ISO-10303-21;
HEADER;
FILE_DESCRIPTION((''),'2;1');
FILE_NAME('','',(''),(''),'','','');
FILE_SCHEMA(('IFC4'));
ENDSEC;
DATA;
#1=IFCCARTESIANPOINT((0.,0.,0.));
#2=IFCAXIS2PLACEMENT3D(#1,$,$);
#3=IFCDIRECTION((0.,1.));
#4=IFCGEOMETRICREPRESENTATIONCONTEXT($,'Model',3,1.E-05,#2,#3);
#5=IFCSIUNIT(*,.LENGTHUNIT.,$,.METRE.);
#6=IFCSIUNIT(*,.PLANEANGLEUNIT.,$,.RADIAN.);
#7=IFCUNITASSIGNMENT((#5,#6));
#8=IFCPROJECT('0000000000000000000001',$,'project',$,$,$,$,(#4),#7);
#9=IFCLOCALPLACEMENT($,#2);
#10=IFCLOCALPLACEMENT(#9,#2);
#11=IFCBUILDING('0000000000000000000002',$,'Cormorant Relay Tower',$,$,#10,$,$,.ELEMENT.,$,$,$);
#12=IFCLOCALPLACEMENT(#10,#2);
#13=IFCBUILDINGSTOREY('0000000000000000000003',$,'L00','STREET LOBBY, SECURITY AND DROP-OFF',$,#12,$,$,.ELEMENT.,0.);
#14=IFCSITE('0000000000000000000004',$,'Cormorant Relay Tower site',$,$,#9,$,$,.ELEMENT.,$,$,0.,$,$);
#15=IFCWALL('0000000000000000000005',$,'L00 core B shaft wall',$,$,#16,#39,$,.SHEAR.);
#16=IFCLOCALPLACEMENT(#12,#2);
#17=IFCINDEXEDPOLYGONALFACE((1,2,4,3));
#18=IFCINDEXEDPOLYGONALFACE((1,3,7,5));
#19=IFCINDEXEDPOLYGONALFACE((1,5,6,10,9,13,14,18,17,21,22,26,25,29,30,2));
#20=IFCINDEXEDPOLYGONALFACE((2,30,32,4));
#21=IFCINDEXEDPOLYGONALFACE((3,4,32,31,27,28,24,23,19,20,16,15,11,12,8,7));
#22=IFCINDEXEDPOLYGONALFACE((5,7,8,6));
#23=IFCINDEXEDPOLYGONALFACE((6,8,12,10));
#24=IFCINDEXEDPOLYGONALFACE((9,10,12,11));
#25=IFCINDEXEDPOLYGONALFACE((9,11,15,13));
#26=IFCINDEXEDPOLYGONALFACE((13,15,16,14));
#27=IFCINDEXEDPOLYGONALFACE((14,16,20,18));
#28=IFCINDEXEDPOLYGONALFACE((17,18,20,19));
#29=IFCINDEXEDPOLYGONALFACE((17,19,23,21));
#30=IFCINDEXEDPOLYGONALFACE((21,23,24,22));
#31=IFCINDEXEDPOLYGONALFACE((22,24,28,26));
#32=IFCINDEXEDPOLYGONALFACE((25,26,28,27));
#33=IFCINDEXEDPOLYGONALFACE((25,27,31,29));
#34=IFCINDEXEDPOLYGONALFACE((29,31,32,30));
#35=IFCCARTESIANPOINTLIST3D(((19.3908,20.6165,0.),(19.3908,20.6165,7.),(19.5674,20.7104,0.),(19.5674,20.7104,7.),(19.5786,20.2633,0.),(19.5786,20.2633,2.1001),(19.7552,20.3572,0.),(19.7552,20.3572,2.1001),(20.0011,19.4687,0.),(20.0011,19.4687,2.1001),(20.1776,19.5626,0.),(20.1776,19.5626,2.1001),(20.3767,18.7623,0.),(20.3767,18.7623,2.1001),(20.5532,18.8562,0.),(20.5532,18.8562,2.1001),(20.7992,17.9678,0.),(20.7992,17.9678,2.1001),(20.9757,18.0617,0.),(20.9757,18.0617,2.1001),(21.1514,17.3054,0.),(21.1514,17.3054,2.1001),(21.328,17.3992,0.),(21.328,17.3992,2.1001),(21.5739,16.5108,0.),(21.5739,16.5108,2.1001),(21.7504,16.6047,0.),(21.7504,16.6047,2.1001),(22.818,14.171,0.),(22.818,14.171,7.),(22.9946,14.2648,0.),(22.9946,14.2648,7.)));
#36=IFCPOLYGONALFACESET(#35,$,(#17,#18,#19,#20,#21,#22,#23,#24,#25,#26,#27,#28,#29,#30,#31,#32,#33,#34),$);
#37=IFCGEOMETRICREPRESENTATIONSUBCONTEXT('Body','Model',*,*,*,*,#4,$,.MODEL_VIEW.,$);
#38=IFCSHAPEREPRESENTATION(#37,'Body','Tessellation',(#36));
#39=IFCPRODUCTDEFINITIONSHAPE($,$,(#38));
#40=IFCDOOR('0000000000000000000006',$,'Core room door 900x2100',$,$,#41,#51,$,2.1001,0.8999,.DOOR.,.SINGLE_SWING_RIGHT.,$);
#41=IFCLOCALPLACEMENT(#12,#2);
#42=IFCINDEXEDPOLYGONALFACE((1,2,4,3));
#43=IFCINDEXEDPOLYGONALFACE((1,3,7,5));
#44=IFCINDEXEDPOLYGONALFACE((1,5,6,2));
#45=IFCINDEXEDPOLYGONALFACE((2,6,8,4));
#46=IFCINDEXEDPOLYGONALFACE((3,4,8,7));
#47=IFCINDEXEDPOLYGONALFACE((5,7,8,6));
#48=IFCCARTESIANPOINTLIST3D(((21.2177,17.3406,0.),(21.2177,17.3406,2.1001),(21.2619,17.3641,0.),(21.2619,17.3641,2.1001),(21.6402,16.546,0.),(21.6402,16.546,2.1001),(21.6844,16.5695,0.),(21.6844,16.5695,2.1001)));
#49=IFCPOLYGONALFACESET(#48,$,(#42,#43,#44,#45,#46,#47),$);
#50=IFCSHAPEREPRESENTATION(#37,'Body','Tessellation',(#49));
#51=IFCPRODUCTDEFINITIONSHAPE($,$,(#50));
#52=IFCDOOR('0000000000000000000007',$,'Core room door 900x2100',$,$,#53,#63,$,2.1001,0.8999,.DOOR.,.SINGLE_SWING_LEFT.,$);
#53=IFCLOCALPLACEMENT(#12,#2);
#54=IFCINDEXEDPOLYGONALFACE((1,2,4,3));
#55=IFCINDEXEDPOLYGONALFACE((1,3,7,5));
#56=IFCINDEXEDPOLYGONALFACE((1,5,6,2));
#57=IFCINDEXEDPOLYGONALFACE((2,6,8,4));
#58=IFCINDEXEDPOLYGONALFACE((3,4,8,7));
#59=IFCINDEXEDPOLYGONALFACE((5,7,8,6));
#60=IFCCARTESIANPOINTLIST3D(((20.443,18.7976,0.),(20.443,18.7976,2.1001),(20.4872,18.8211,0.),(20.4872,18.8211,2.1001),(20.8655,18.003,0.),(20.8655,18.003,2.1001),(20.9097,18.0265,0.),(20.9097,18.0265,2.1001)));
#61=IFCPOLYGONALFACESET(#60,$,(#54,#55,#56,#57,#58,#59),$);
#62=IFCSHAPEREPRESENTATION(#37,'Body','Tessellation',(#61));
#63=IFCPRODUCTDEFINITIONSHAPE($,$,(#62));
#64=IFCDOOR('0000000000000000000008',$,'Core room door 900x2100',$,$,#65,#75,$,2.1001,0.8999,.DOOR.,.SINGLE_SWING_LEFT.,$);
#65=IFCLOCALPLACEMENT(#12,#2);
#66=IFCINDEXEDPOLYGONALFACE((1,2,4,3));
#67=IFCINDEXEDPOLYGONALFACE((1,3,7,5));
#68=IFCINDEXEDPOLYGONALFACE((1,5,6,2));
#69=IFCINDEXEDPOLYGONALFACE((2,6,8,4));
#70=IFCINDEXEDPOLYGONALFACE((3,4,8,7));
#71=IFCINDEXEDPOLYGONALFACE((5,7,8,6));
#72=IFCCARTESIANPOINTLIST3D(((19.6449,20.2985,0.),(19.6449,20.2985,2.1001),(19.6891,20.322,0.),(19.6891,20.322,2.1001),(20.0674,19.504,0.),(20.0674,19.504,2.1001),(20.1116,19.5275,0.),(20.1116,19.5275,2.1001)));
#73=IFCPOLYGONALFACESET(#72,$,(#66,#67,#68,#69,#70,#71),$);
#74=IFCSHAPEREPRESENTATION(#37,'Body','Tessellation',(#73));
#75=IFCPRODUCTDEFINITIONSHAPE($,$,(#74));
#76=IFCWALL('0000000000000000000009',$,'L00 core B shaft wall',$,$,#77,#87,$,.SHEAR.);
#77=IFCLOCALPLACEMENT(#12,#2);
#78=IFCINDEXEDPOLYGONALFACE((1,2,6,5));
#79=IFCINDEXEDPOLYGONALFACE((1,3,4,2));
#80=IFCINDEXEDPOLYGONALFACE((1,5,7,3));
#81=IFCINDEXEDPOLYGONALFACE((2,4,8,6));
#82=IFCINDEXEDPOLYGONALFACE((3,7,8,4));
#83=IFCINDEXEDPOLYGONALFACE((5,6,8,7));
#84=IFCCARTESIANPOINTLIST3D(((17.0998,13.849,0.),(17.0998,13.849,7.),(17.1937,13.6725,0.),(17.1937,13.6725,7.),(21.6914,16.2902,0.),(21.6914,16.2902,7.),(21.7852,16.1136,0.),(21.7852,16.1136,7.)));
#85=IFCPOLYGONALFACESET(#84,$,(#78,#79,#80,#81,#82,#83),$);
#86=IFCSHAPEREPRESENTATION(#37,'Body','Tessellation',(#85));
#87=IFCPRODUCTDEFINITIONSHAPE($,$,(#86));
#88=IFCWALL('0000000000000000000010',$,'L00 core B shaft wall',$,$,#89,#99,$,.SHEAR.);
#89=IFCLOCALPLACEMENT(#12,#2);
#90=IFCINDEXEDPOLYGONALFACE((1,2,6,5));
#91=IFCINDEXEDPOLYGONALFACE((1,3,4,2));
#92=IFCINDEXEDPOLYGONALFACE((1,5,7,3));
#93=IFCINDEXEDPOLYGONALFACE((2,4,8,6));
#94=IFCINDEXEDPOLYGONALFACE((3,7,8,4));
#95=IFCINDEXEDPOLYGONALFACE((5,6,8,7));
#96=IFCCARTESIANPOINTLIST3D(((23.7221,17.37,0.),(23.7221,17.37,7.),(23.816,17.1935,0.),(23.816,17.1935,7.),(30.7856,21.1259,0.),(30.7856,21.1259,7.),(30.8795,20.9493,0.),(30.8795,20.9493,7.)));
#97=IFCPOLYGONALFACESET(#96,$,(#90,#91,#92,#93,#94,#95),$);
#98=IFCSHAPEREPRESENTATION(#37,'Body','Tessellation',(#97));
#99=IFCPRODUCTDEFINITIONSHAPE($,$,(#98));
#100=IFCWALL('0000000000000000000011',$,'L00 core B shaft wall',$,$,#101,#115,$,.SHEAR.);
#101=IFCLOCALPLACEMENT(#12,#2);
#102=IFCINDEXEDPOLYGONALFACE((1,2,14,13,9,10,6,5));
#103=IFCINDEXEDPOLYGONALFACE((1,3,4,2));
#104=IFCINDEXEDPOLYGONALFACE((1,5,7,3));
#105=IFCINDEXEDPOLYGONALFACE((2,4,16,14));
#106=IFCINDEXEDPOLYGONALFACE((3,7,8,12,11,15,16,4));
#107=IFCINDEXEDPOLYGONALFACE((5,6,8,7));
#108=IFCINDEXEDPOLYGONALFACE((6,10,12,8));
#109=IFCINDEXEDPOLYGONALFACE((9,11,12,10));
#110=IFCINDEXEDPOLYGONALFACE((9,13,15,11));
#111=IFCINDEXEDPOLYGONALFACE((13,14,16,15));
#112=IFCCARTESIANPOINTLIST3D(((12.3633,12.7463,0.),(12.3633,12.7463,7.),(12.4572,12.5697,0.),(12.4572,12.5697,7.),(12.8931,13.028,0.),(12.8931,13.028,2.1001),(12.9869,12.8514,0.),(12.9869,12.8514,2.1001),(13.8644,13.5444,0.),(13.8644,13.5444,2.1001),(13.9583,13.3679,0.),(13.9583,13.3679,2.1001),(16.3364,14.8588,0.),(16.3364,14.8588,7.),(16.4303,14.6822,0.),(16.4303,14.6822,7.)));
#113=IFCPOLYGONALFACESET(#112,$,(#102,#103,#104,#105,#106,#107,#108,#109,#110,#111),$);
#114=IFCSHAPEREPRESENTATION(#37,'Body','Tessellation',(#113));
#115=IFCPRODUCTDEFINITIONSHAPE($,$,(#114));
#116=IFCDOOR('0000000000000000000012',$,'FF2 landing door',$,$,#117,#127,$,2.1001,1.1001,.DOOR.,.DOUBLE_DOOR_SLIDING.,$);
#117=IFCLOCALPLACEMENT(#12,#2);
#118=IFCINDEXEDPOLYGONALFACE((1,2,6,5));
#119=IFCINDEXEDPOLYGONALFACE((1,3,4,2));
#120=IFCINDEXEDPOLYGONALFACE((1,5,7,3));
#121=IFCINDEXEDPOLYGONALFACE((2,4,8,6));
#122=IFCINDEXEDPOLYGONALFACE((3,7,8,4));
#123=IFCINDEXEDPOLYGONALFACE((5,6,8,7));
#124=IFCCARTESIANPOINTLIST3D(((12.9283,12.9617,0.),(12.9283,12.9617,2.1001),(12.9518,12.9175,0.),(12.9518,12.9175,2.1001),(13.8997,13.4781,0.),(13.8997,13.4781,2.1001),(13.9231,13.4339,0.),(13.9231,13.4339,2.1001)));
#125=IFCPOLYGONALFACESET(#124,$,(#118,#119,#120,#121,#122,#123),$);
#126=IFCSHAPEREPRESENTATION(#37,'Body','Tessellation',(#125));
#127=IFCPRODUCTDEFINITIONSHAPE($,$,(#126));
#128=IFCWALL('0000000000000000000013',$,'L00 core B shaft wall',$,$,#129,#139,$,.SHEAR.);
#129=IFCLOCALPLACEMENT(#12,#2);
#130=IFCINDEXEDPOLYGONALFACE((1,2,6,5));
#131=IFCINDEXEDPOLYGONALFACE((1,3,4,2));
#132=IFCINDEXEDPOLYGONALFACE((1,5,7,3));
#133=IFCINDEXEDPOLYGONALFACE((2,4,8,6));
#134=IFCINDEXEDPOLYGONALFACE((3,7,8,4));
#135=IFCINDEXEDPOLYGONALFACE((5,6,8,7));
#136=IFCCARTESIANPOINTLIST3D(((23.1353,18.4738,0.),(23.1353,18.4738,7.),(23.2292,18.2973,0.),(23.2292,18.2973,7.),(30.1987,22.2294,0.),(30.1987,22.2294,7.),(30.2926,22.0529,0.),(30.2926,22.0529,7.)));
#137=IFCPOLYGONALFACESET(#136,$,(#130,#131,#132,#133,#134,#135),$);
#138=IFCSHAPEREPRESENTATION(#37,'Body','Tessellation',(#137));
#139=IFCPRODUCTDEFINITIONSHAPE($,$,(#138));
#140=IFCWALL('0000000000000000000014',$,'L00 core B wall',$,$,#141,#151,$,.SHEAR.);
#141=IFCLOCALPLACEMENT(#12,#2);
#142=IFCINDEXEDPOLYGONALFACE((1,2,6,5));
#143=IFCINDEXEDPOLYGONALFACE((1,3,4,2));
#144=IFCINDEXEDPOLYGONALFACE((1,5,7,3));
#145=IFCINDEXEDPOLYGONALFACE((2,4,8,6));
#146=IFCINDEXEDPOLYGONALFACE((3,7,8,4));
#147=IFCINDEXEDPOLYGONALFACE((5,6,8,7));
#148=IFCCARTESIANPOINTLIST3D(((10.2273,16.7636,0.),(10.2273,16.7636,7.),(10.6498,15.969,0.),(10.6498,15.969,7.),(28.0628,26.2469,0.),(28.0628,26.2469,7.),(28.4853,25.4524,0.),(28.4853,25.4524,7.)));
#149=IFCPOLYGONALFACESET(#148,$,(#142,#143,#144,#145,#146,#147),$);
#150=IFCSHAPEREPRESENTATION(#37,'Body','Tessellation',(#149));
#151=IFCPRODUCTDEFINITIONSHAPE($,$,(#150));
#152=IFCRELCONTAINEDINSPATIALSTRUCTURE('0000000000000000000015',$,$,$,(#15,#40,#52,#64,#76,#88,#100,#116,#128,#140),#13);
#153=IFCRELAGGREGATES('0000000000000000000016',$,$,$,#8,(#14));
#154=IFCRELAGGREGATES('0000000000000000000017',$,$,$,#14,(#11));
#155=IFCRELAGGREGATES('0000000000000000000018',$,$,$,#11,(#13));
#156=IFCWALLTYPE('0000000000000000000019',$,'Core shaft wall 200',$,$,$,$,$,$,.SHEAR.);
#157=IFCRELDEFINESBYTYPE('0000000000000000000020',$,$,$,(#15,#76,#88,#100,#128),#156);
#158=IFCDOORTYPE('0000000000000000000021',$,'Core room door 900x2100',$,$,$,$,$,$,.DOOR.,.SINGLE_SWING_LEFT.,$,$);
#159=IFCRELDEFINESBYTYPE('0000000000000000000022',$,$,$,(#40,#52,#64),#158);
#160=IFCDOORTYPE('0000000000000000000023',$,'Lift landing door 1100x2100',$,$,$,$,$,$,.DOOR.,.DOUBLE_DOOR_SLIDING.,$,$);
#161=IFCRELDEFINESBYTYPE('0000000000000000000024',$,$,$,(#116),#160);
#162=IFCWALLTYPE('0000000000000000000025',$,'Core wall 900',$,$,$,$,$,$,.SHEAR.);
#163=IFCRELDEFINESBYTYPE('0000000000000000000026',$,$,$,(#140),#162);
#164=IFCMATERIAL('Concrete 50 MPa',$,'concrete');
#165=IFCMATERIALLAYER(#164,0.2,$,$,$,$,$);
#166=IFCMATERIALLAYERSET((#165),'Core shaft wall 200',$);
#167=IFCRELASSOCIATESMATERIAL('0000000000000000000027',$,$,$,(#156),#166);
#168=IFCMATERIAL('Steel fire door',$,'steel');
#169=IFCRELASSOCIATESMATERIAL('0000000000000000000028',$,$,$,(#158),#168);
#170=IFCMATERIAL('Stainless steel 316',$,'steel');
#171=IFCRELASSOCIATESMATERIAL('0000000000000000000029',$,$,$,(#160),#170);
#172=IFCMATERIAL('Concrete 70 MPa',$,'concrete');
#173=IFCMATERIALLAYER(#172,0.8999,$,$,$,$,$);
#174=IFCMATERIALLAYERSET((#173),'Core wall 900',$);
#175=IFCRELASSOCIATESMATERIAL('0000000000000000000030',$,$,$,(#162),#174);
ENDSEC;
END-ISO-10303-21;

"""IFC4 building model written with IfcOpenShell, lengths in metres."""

from ifc_helpers import new_model, si_unit, direction, frame, frame_2d, origin, place, context, subcontext, project, spatial, rectangle, extrude, material, layer, layer_set, type_object, element, fill, save


model = new_model("IFC4")

# Units and contexts
model_context = context("Model", 3, precision=1e-05, world=origin(), true_north=direction((0.0, 1.0)))
body_context = subcontext(model_context, "Body", "Model", "MODEL_VIEW")
ifc_project = project(units=[si_unit("LENGTHUNIT", "METRE"), si_unit("PLANEANGLEUNIT", "RADIAN")], contexts=[model_context])

# Site, building, storey
site_placement = place(None, origin())
site = spatial("IfcSite", under=ifc_project, at=site_placement, Name="Cormorant Relay Tower site", CompositionType="ELEMENT", RefElevation=0.0)
building_placement = place(site_placement, origin())
building = spatial("IfcBuilding", under=site, at=building_placement, Name="Cormorant Relay Tower", CompositionType="ELEMENT")
storey_placement = place(building_placement, origin())
storey = spatial("IfcBuildingStorey", under=building, at=storey_placement, Name="L00", Description="STREET LOBBY, SECURITY AND DROP-OFF", CompositionType="ELEMENT", Elevation=0.0)

# Shared definitions
ifc_material_1 = material(Name="Concrete 50 MPa", Category="concrete")
ifc_layer_1 = layer(ifc_material_1, 0.2)
ifc_layer_set_1 = layer_set([ifc_layer_1], Name="Core shaft wall 200")
wall_type_1 = type_object("IfcWallType", Name="Core shaft wall 200", PredefinedType="SHEAR", material=ifc_layer_set_1)

# Wall, openings, doors
wall_1_placement = place(storey_placement, frame((22.9062, 14.218, 0.0), z_axis=(0.0, 0.0, 1.0), x_axis=(-0.46948, 0.882943, 0.0)))
wall_1 = element("IfcWall", 1, at=wall_1_placement, inside=storey, type_object=wall_type_1, Name="L00 core B shaft wall", PredefinedType="SHEAR", context=body_context, shape_type="SweptSolid", body=[
    extrude(rectangle(XDim=7.3, YDim=0.2, at=frame_2d((3.6499, 0.0))), origin(), (0.0, 0.0, 1.0), 7.0),
])
opening_1_placement = place(wall_1_placement, frame((2.6499, 0.0, 0.0)))
opening_1 = element("IfcOpeningElement", 2, at=opening_1_placement, cuts=wall_1, PredefinedType="OPENING", context=body_context, shape_type="SweptSolid", body=[
    extrude(rectangle(XDim=0.8999, YDim=2.1001, at=frame_2d((0.45, 1.05))), frame((0.0, 0.1099, 0.0), z_axis=(0.0, -1.0, 0.0), x_axis=(1.0, 0.0, 0.0)), (0.0, 0.0, 1.0), 0.22),
])
opening_2_placement = place(wall_1_placement, frame((4.3, 0.0, 0.0)))
opening_2 = element("IfcOpeningElement", 3, at=opening_2_placement, cuts=wall_1, PredefinedType="OPENING", context=body_context, shape_type="SweptSolid", body=[
    extrude(rectangle(XDim=0.8999, YDim=2.1001, at=frame_2d((0.45, 1.05))), frame((0.0, 0.1099, 0.0), z_axis=(0.0, -1.0, 0.0), x_axis=(1.0, 0.0, 0.0)), (0.0, 0.0, 1.0), 0.22),
])
opening_3_placement = place(wall_1_placement, frame((6.0, 0.0, 0.0)))
opening_3 = element("IfcOpeningElement", 4, at=opening_3_placement, cuts=wall_1, PredefinedType="OPENING", context=body_context, shape_type="SweptSolid", body=[
    extrude(rectangle(XDim=0.8999, YDim=2.1001, at=frame_2d((0.45, 1.05))), frame((0.0, 0.1099, 0.0), z_axis=(0.0, -1.0, 0.0), x_axis=(1.0, 0.0, 0.0)), (0.0, 0.0, 1.0), 0.22),
])
ifc_material_2 = material(Name="Steel fire door", Category="steel")
door_type_1 = type_object("IfcDoorType", Name="Core room door 900x2100", OperationType="SINGLE_SWING_LEFT", PredefinedType="DOOR", material=ifc_material_2)
door_1_placement = place(opening_1_placement, origin())
door_1 = element("IfcDoor", 5, at=door_1_placement, inside=storey, type_object=door_type_1, Name="Core room door 900x2100", OperationType="SINGLE_SWING_RIGHT", OverallHeight=2.1001, OverallWidth=0.8999, PredefinedType="DOOR", context=body_context, shape_type="SweptSolid", body=[
    extrude(rectangle(XDim=0.8999, YDim=2.1001, at=frame_2d((0.45, 1.05))), frame((0.0, 0.0249, 0.0), z_axis=(0.0, -1.0, 0.0), x_axis=(1.0, 0.0, 0.0)), (0.0, 0.0, 1.0), 0.05),
])
fill(opening_1, door_1)
door_2_placement = place(opening_2_placement, origin())
door_2 = element("IfcDoor", 6, at=door_2_placement, inside=storey, type_object=door_type_1, Name="Core room door 900x2100", OperationType="SINGLE_SWING_LEFT", OverallHeight=2.1001, OverallWidth=0.8999, PredefinedType="DOOR", context=body_context, shape_type="SweptSolid", body=[
    extrude(rectangle(XDim=0.8999, YDim=2.1001, at=frame_2d((0.45, 1.05))), frame((0.0, 0.0249, 0.0), z_axis=(0.0, -1.0, 0.0), x_axis=(1.0, 0.0, 0.0)), (0.0, 0.0, 1.0), 0.05),
])
fill(opening_2, door_2)
door_3_placement = place(opening_3_placement, origin())
door_3 = element("IfcDoor", 7, at=door_3_placement, inside=storey, type_object=door_type_1, Name="Core room door 900x2100", OperationType="SINGLE_SWING_LEFT", OverallHeight=2.1001, OverallWidth=0.8999, PredefinedType="DOOR", context=body_context, shape_type="SweptSolid", body=[
    extrude(rectangle(XDim=0.8999, YDim=2.1001, at=frame_2d((0.45, 1.05))), frame((0.0, 0.0249, 0.0), z_axis=(0.0, -1.0, 0.0), x_axis=(1.0, 0.0, 0.0)), (0.0, 0.0, 1.0), 0.05),
])
fill(opening_3, door_3)

# Walls
wall_2_placement = place(storey_placement, frame((17.1467, 13.7607, 0.0), z_axis=(0.0, 0.0, 1.0), x_axis=(0.882964, 0.46944, 0.0)))
element("IfcWall", 8, at=wall_2_placement, inside=storey, type_object=wall_type_1, Name="L00 core B shaft wall", PredefinedType="SHEAR", context=body_context, shape_type="SweptSolid", body=[
    extrude(rectangle(XDim=5.2002, YDim=0.2, at=frame_2d((2.6001, 0.0))), origin(), (0.0, 0.0, 1.0), 7.0),
])
wall_3_placement = place(storey_placement, frame((23.769, 17.2817, 0.0), z_axis=(0.0, 0.0, 1.0), x_axis=(0.88294, 0.469485, 0.0)))
element("IfcWall", 9, at=wall_3_placement, inside=storey, type_object=wall_type_1, Name="L00 core B shaft wall", PredefinedType="SHEAR", context=body_context, shape_type="SweptSolid", body=[
    extrude(rectangle(XDim=8.0, YDim=0.2, at=frame_2d((4.0, 0.0))), origin(), (0.0, 0.0, 1.0), 7.0),
])

# Wall, opening, door
wall_4_placement = place(storey_placement, frame((12.4102, 12.658, 0.0), z_axis=(0.0, 0.0, 1.0), x_axis=(0.882948, 0.46947, 0.0)))
wall_4 = element("IfcWall", 10, at=wall_4_placement, inside=storey, type_object=wall_type_1, Name="L00 core B shaft wall", PredefinedType="SHEAR", context=body_context, shape_type="SweptSolid", body=[
    extrude(rectangle(XDim=4.4998, YDim=0.2, at=frame_2d((2.25, 0.0))), origin(), (0.0, 0.0, 1.0), 7.0),
])
opening_4_placement = place(wall_4_placement, frame((0.6001, 0.0, 0.0)))
opening_4 = element("IfcOpeningElement", 11, at=opening_4_placement, cuts=wall_4, PredefinedType="OPENING", context=body_context, shape_type="SweptSolid", body=[
    extrude(rectangle(XDim=1.1001, YDim=2.1001, at=frame_2d((0.55, 1.05))), frame((0.0, 0.1099, 0.0), z_axis=(0.0, -1.0, 0.0), x_axis=(1.0, 0.0, 0.0)), (0.0, 0.0, 1.0), 0.22),
])
ifc_material_3 = material(Name="Stainless steel 316", Category="steel")
door_type_2 = type_object("IfcDoorType", Name="Lift landing door 1100x2100", OperationType="DOUBLE_DOOR_SLIDING", PredefinedType="DOOR", material=ifc_material_3)
door_4_placement = place(opening_4_placement, origin())
door_4 = element("IfcDoor", 12, at=door_4_placement, inside=storey, type_object=door_type_2, Name="FF2 landing door", OperationType="DOUBLE_DOOR_SLIDING", OverallHeight=2.1001, OverallWidth=1.1001, PredefinedType="DOOR", context=body_context, shape_type="SweptSolid", body=[
    extrude(rectangle(XDim=1.1001, YDim=2.1001, at=frame_2d((0.55, 1.05))), frame((0.0, 0.0249, 0.0), z_axis=(0.0, -1.0, 0.0), x_axis=(1.0, 0.0, 0.0)), (0.0, 0.0, 1.0), 0.05),
])
fill(opening_4, door_4)

# Walls
wall_5_placement = place(storey_placement, frame((23.1821, 18.3855, 0.0), z_axis=(0.0, 0.0, 1.0), x_axis=(0.882953, 0.469462, 0.0)))
element("IfcWall", 13, at=wall_5_placement, inside=storey, type_object=wall_type_1, Name="L00 core B shaft wall", PredefinedType="SHEAR", context=body_context, shape_type="SweptSolid", body=[
    extrude(rectangle(XDim=7.9998, YDim=0.2, at=frame_2d((4.0, 0.0))), origin(), (0.0, 0.0, 1.0), 7.0),
])
ifc_material_4 = material(Name="Concrete 70 MPa", Category="concrete")
ifc_layer_2 = layer(ifc_material_4, 0.8999)
ifc_layer_set_2 = layer_set([ifc_layer_2], Name="Core wall 900")
wall_type_2 = type_object("IfcWallType", Name="Core wall 900", PredefinedType="SHEAR", material=ifc_layer_set_2)
wall_6_placement = place(storey_placement, frame((10.4385, 16.3662, 0.0), z_axis=(0.0, 0.0, 1.0), x_axis=(0.882945, 0.469476, 0.0)))
element("IfcWall", 14, at=wall_6_placement, inside=storey, type_object=wall_type_2, Name="L00 core B wall", PredefinedType="SHEAR", context=body_context, shape_type="SweptSolid", body=[
    extrude(rectangle(XDim=20.2, YDim=0.8999, at=frame_2d((10.1001, 0.0))), origin(), (0.0, 0.0, 1.0), 7.0),
])

save(model, "model.ifc")
